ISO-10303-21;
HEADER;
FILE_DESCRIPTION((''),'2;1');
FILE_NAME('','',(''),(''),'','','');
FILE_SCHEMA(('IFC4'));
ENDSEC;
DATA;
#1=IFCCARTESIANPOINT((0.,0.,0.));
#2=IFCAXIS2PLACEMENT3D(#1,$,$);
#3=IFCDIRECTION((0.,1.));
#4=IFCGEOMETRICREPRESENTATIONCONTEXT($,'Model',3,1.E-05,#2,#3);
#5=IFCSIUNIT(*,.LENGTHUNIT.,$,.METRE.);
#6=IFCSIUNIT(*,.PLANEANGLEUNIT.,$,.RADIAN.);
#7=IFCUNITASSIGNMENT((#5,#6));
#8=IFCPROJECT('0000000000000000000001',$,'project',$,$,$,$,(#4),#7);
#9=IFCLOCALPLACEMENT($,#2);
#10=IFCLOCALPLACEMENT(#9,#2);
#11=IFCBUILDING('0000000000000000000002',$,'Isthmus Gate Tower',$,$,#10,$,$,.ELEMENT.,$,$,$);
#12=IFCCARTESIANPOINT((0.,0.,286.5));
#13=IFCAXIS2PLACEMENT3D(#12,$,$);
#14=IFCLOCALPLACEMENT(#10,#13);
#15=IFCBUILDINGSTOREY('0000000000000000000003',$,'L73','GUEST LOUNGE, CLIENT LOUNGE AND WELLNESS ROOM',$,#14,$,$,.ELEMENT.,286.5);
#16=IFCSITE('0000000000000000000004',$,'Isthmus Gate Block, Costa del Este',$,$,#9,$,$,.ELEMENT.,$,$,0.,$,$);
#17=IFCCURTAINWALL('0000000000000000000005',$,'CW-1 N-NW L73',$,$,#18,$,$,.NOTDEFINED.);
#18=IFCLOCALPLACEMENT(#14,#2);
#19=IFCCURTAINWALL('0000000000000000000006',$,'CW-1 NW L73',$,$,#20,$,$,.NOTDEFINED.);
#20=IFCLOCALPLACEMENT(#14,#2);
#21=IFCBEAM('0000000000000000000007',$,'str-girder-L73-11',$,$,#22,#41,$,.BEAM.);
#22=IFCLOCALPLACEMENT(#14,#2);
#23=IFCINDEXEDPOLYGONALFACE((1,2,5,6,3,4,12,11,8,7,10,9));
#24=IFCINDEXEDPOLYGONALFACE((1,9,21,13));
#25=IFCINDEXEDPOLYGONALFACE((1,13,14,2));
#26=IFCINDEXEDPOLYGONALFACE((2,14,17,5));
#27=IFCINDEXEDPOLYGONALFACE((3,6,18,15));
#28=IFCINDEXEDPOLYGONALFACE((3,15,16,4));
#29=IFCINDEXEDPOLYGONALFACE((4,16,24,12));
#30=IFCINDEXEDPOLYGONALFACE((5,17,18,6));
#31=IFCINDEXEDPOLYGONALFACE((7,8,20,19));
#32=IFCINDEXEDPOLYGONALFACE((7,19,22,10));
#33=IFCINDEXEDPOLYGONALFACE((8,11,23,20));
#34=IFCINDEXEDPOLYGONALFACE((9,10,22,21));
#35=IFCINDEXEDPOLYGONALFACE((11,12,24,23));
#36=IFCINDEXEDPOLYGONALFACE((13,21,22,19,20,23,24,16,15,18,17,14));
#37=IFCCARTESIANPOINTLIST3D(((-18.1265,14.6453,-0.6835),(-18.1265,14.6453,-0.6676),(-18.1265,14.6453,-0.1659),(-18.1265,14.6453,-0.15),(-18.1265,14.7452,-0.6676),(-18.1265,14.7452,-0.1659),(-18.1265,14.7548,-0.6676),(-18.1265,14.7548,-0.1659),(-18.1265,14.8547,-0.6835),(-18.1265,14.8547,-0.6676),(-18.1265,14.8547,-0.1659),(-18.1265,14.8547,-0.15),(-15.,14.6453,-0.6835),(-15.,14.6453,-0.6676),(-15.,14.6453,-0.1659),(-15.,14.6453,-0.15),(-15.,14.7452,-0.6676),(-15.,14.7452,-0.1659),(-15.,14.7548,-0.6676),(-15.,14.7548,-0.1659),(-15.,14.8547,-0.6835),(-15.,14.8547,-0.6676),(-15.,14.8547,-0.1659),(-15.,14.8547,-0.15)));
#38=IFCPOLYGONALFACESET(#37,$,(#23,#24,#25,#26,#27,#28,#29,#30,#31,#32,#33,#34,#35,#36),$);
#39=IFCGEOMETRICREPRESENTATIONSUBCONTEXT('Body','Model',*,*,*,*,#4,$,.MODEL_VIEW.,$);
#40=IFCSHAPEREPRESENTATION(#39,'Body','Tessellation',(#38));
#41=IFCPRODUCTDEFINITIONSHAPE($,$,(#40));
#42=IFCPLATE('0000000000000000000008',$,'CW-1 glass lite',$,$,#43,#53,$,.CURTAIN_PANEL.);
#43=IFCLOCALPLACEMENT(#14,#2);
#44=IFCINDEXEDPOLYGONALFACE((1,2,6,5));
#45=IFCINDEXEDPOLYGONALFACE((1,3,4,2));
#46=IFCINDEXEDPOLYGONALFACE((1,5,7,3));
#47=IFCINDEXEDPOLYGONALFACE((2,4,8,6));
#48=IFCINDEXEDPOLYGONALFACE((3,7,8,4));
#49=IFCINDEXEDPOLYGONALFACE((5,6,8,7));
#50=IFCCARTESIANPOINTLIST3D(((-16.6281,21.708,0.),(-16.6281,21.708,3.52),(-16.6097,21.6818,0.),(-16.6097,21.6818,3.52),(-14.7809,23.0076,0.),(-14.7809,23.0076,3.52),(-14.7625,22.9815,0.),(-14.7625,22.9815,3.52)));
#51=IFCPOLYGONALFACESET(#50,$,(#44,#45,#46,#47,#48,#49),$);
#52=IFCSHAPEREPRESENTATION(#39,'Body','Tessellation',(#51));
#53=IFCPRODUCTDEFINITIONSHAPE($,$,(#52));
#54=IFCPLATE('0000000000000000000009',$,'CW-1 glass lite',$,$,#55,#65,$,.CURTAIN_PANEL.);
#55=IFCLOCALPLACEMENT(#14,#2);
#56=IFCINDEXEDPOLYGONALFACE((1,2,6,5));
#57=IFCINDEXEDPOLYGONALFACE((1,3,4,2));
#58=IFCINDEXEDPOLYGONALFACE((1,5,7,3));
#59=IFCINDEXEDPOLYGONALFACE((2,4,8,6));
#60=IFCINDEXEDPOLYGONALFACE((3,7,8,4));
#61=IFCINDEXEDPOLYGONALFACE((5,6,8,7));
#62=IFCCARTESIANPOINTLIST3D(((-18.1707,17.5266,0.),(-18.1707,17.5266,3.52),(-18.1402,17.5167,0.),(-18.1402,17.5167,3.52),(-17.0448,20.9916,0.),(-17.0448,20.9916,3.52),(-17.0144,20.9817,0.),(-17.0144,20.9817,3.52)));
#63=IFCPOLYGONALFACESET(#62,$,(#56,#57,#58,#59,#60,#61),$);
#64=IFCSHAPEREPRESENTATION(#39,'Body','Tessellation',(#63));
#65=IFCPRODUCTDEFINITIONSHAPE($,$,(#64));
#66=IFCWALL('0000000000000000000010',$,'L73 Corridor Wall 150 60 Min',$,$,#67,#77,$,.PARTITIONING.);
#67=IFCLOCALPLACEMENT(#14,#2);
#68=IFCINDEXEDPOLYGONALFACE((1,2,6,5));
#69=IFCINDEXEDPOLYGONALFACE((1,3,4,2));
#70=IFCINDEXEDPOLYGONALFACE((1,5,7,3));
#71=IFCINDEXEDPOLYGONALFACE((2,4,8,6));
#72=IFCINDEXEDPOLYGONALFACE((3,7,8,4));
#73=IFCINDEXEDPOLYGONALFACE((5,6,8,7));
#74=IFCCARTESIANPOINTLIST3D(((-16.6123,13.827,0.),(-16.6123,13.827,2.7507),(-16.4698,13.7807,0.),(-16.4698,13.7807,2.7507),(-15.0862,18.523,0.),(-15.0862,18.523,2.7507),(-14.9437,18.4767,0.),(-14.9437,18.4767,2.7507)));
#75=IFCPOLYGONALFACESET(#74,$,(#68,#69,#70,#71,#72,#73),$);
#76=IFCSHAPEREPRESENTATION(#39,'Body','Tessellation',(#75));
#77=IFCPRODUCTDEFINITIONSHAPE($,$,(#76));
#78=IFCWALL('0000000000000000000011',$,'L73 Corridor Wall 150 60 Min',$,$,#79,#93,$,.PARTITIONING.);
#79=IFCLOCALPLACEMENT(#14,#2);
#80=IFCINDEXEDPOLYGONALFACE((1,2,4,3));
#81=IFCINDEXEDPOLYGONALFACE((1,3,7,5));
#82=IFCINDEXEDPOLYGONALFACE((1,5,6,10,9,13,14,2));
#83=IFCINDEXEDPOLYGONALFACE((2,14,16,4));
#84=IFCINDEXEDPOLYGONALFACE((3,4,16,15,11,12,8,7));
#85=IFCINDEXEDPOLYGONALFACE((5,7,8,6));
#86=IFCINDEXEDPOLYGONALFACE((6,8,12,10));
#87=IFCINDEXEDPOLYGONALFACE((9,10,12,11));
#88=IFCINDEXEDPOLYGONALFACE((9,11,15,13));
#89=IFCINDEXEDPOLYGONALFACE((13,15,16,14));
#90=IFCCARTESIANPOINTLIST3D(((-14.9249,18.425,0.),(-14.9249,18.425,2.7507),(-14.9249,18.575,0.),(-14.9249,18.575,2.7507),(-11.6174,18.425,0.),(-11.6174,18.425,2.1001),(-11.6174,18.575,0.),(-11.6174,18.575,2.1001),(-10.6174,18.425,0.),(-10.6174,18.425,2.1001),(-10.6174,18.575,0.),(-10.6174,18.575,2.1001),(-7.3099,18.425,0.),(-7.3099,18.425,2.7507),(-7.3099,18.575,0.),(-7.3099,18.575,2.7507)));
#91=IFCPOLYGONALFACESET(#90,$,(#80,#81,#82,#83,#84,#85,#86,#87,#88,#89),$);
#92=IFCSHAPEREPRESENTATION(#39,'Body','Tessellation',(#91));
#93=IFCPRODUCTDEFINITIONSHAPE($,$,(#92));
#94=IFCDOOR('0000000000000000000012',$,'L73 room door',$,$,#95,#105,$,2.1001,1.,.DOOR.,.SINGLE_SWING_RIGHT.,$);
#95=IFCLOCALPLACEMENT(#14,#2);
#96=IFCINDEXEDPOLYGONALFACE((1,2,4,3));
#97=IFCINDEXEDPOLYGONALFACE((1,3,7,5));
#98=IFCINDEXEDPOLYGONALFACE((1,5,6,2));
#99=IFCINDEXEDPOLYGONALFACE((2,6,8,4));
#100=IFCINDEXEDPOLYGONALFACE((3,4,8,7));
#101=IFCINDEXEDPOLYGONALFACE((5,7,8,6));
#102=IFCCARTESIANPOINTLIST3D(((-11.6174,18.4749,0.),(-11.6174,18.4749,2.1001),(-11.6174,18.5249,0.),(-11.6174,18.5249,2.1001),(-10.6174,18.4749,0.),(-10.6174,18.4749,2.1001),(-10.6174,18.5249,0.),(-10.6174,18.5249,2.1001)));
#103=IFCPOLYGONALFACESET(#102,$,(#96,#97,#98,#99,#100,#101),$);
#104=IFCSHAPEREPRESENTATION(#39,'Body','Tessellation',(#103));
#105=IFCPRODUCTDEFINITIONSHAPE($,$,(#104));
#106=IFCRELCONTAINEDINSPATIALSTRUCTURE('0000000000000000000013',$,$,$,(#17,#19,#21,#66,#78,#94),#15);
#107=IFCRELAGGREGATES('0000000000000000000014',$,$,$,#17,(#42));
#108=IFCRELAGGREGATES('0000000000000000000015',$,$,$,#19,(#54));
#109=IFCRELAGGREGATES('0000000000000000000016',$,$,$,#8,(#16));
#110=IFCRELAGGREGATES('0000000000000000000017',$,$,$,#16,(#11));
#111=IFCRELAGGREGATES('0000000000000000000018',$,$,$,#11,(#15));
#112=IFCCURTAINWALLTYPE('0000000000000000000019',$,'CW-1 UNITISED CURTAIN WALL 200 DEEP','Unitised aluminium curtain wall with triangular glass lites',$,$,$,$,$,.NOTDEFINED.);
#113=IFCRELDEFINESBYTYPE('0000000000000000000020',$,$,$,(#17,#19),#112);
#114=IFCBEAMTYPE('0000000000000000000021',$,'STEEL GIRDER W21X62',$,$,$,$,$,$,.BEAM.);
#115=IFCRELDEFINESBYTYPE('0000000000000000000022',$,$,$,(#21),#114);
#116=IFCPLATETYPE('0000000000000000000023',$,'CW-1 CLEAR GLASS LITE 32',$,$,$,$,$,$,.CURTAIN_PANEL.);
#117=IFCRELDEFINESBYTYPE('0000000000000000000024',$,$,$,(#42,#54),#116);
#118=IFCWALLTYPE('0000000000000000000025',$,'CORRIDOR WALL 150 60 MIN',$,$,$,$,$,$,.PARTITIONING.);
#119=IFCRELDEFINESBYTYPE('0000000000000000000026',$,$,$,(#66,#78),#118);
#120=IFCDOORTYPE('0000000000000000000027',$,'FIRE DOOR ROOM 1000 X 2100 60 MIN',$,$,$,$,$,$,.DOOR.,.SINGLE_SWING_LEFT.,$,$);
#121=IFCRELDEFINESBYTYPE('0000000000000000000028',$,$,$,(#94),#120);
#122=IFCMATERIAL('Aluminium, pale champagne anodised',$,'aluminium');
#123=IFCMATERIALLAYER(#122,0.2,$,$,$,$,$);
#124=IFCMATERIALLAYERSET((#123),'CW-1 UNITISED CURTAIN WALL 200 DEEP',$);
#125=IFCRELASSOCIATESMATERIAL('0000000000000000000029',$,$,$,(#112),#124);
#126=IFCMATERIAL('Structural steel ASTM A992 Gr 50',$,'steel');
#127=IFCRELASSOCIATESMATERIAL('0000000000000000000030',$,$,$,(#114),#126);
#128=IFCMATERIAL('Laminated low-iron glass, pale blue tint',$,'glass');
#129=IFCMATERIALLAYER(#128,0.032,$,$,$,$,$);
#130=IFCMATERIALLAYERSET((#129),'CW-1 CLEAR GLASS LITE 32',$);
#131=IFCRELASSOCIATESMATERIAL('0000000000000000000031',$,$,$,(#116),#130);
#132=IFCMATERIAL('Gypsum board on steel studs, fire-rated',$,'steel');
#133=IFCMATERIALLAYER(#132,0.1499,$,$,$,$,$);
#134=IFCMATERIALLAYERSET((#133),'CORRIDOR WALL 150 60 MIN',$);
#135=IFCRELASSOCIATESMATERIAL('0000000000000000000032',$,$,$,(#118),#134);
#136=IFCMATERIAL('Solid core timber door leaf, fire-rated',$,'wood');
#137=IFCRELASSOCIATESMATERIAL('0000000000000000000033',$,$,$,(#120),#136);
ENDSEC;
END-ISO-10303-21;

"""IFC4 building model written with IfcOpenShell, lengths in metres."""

from ifc_helpers import new_model, si_unit, direction, frame, frame_2d, origin, origin_2d, place, context, subcontext, project, spatial, rectangle, i_section, extrude, material, layer, layer_set, material_profile, profile_set, type_object, element, fill, aggregate, save


model = new_model("IFC4")

# Units and contexts
model_context = context("Model", 3, precision=1e-05, world=origin(), true_north=direction((0.0, 1.0)))
body_context = subcontext(model_context, "Body", "Model", "MODEL_VIEW")
ifc_project = project(units=[si_unit("LENGTHUNIT", "METRE"), si_unit("PLANEANGLEUNIT", "RADIAN")], contexts=[model_context])

# Site, building, storey
site_placement = place(None, origin())
site = spatial("IfcSite", under=ifc_project, at=site_placement, Name="Isthmus Gate Block, Costa del Este", CompositionType="ELEMENT", RefElevation=0.0)
building_placement = place(site_placement, origin())
building = spatial("IfcBuilding", under=site, at=building_placement, Name="Isthmus Gate Tower", CompositionType="ELEMENT")
storey_placement = place(building_placement, frame((0.0, 0.0, 286.5)))
storey = spatial("IfcBuildingStorey", under=building, at=storey_placement, Name="L73", Description="GUEST LOUNGE, CLIENT LOUNGE AND WELLNESS ROOM", CompositionType="ELEMENT", Elevation=286.5)

# Curtain wall
ifc_material_1 = material(Name="Aluminium, pale champagne anodised", Category="aluminium")
ifc_layer_1 = layer(ifc_material_1, 0.2)
ifc_layer_set_1 = layer_set([ifc_layer_1], Name="CW-1 UNITISED CURTAIN WALL 200 DEEP")
curtain_wall_type = type_object("IfcCurtainWallType", Name="CW-1 UNITISED CURTAIN WALL 200 DEEP", Description="Unitised aluminium curtain wall with triangular glass lites", PredefinedType="NOTDEFINED", material=ifc_layer_set_1)
curtain_wall_1_placement = place(storey_placement, origin())
curtain_wall_1 = element("IfcCurtainWall", 1, at=curtain_wall_1_placement, inside=storey, type_object=curtain_wall_type, Name="CW-1 N-NW L73", PredefinedType="NOTDEFINED")

# Curtain wall
curtain_wall_2_placement = place(storey_placement, origin())
curtain_wall_2 = element("IfcCurtainWall", 2, at=curtain_wall_2_placement, inside=storey, type_object=curtain_wall_type, Name="CW-1 NW L73", PredefinedType="NOTDEFINED")

# Beam
ifc_material_2 = material(Name="Structural steel ASTM A992 Gr 50", Category="steel")
ifc_material_profile_1 = material_profile(ifc_material_2, i_section(OverallWidth=0.2095, OverallDepth=0.5334, WebThickness=0.0095, FlangeThickness=0.0159, at=origin_2d()), Name="W21X62")
ifc_profile_set_1 = profile_set([ifc_material_profile_1], Name="Structural steel ASTM A992 Gr 50")
beam_type_1 = type_object("IfcBeamType", Name="STEEL GIRDER W21X62", PredefinedType="BEAM", material=ifc_profile_set_1)
beam_1_placement = place(storey_placement, frame((-15.0, 14.75, -0.4167), z_axis=(-1.0, 0.0, 0.0), x_axis=(0.0, -1.0, 0.0)))
element("IfcBeam", 3, at=beam_1_placement, inside=storey, type_object=beam_type_1, Name="str-girder-L73-11", PredefinedType="BEAM", context=body_context, shape_type="SweptSolid", body=[
    extrude(i_section(OverallWidth=0.2095, OverallDepth=0.5334, WebThickness=0.0095, FlangeThickness=0.0159, at=origin_2d()), origin(), (0.0, 0.0, 1.0), 3.1265),
])

# Plates
ifc_material_3 = material(Name="Laminated low-iron glass, pale blue tint", Category="glass")
ifc_layer_2 = layer(ifc_material_3, 0.032)
ifc_layer_set_2 = layer_set([ifc_layer_2], Name="CW-1 CLEAR GLASS LITE 32")
plate_type = type_object("IfcPlateType", Name="CW-1 CLEAR GLASS LITE 32", PredefinedType="CURTAIN_PANEL", material=ifc_layer_set_2)
plate_1_placement = place(storey_placement, frame((-15.6953, 22.3447, 0.0), z_axis=(0.0, 0.0, 1.0), x_axis=(-0.81786, -0.575418, 0.0)))
plate_1 = element("IfcPlate", 4, at=plate_1_placement, type_object=plate_type, Name="CW-1 glass lite", PredefinedType="CURTAIN_PANEL", context=body_context, shape_type="SweptSolid", body=[
    extrude(rectangle(XDim=2.2585, YDim=0.032, at=origin_2d()), origin(), (0.0, 0.0, 1.0), 3.52),
])
aggregate(curtain_wall_1, [plate_1])
plate_2_placement = place(storey_placement, frame((-17.5925, 19.2542, 0.0), z_axis=(0.0, 0.0, 1.0), x_axis=(-0.309017, -0.951057, 0.0)))
plate_2 = element("IfcPlate", 5, at=plate_2_placement, type_object=plate_type, Name="CW-1 glass lite", PredefinedType="CURTAIN_PANEL", context=body_context, shape_type="SweptSolid", body=[
    extrude(rectangle(XDim=3.6433, YDim=0.032, at=origin_2d()), origin(), (0.0, 0.0, 1.0), 3.52),
])

# Wall
ifc_material_4 = material(Name="Gypsum board on steel studs, fire-rated", Category="steel")
ifc_layer_3 = layer(ifc_material_4, 0.1499)
ifc_layer_set_3 = layer_set([ifc_layer_3], Name="CORRIDOR WALL 150 60 MIN")
wall_type_1 = type_object("IfcWallType", Name="CORRIDOR WALL 150 60 MIN", PredefinedType="PARTITIONING", material=ifc_layer_set_3)
wall_1_placement = place(storey_placement, frame((-16.541, 13.804, 0.0), z_axis=(0.0, 0.0, 1.0), x_axis=(0.309069, 0.95104, 0.0)))
element("IfcWall", 6, at=wall_1_placement, inside=storey, type_object=wall_type_1, Name="L73 Corridor Wall 150 60 Min", PredefinedType="PARTITIONING", context=body_context, shape_type="SweptSolid", body=[
    extrude(rectangle(XDim=4.9377, YDim=0.1499, at=frame_2d((2.4688, 0.0))), origin(), (0.0, 0.0, 1.0), 2.7507),
])

# Wall, opening, door
wall_2_placement = place(storey_placement, frame((-14.925, 18.5, 0.0), z_axis=(0.0, 0.0, 1.0), x_axis=(1.0, 0.0, 0.0)))
wall_2 = element("IfcWall", 7, at=wall_2_placement, inside=storey, type_object=wall_type_1, Name="L73 Corridor Wall 150 60 Min", PredefinedType="PARTITIONING", context=body_context, shape_type="SweptSolid", body=[
    extrude(rectangle(XDim=7.615, YDim=0.1499, at=frame_2d((3.8076, 0.0))), origin(), (0.0, 0.0, 1.0), 2.7507),
])
opening_1_placement = place(wall_2_placement, frame((3.3076, 0.0, 0.0)))
opening_1 = element("IfcOpeningElement", 8, at=opening_1_placement, cuts=wall_2, PredefinedType="OPENING", context=body_context, shape_type="SweptSolid", body=[
    extrude(rectangle(XDim=1.0, YDim=2.1001, at=frame_2d((0.5, 1.05))), frame((0.0, 0.085, 0.0), z_axis=(0.0, -1.0, 0.0), x_axis=(1.0, 0.0, 0.0)), (0.0, 0.0, 1.0), 0.1699),
])
ifc_material_5 = material(Name="Solid core timber door leaf, fire-rated", Category="wood")
door_type_1 = type_object("IfcDoorType", Name="FIRE DOOR ROOM 1000 X 2100 60 MIN", OperationType="SINGLE_SWING_LEFT", PredefinedType="DOOR", material=ifc_material_5)
door_1_placement = place(opening_1_placement, origin())
door_1 = element("IfcDoor", 9, at=door_1_placement, inside=storey, type_object=door_type_1, Name="L73 room door", OperationType="SINGLE_SWING_RIGHT", OverallHeight=2.1001, OverallWidth=1.0, PredefinedType="DOOR", context=body_context, shape_type="SweptSolid", body=[
    extrude(rectangle(XDim=1.0, YDim=2.1001, at=frame_2d((0.5, 1.05))), frame((0.0, 0.0249, 0.0), z_axis=(0.0, -1.0, 0.0), x_axis=(1.0, 0.0, 0.0)), (0.0, 0.0, 1.0), 0.05),
])
fill(opening_1, door_1)

aggregate(curtain_wall_2, [plate_2])

save(model, "model.ifc")
